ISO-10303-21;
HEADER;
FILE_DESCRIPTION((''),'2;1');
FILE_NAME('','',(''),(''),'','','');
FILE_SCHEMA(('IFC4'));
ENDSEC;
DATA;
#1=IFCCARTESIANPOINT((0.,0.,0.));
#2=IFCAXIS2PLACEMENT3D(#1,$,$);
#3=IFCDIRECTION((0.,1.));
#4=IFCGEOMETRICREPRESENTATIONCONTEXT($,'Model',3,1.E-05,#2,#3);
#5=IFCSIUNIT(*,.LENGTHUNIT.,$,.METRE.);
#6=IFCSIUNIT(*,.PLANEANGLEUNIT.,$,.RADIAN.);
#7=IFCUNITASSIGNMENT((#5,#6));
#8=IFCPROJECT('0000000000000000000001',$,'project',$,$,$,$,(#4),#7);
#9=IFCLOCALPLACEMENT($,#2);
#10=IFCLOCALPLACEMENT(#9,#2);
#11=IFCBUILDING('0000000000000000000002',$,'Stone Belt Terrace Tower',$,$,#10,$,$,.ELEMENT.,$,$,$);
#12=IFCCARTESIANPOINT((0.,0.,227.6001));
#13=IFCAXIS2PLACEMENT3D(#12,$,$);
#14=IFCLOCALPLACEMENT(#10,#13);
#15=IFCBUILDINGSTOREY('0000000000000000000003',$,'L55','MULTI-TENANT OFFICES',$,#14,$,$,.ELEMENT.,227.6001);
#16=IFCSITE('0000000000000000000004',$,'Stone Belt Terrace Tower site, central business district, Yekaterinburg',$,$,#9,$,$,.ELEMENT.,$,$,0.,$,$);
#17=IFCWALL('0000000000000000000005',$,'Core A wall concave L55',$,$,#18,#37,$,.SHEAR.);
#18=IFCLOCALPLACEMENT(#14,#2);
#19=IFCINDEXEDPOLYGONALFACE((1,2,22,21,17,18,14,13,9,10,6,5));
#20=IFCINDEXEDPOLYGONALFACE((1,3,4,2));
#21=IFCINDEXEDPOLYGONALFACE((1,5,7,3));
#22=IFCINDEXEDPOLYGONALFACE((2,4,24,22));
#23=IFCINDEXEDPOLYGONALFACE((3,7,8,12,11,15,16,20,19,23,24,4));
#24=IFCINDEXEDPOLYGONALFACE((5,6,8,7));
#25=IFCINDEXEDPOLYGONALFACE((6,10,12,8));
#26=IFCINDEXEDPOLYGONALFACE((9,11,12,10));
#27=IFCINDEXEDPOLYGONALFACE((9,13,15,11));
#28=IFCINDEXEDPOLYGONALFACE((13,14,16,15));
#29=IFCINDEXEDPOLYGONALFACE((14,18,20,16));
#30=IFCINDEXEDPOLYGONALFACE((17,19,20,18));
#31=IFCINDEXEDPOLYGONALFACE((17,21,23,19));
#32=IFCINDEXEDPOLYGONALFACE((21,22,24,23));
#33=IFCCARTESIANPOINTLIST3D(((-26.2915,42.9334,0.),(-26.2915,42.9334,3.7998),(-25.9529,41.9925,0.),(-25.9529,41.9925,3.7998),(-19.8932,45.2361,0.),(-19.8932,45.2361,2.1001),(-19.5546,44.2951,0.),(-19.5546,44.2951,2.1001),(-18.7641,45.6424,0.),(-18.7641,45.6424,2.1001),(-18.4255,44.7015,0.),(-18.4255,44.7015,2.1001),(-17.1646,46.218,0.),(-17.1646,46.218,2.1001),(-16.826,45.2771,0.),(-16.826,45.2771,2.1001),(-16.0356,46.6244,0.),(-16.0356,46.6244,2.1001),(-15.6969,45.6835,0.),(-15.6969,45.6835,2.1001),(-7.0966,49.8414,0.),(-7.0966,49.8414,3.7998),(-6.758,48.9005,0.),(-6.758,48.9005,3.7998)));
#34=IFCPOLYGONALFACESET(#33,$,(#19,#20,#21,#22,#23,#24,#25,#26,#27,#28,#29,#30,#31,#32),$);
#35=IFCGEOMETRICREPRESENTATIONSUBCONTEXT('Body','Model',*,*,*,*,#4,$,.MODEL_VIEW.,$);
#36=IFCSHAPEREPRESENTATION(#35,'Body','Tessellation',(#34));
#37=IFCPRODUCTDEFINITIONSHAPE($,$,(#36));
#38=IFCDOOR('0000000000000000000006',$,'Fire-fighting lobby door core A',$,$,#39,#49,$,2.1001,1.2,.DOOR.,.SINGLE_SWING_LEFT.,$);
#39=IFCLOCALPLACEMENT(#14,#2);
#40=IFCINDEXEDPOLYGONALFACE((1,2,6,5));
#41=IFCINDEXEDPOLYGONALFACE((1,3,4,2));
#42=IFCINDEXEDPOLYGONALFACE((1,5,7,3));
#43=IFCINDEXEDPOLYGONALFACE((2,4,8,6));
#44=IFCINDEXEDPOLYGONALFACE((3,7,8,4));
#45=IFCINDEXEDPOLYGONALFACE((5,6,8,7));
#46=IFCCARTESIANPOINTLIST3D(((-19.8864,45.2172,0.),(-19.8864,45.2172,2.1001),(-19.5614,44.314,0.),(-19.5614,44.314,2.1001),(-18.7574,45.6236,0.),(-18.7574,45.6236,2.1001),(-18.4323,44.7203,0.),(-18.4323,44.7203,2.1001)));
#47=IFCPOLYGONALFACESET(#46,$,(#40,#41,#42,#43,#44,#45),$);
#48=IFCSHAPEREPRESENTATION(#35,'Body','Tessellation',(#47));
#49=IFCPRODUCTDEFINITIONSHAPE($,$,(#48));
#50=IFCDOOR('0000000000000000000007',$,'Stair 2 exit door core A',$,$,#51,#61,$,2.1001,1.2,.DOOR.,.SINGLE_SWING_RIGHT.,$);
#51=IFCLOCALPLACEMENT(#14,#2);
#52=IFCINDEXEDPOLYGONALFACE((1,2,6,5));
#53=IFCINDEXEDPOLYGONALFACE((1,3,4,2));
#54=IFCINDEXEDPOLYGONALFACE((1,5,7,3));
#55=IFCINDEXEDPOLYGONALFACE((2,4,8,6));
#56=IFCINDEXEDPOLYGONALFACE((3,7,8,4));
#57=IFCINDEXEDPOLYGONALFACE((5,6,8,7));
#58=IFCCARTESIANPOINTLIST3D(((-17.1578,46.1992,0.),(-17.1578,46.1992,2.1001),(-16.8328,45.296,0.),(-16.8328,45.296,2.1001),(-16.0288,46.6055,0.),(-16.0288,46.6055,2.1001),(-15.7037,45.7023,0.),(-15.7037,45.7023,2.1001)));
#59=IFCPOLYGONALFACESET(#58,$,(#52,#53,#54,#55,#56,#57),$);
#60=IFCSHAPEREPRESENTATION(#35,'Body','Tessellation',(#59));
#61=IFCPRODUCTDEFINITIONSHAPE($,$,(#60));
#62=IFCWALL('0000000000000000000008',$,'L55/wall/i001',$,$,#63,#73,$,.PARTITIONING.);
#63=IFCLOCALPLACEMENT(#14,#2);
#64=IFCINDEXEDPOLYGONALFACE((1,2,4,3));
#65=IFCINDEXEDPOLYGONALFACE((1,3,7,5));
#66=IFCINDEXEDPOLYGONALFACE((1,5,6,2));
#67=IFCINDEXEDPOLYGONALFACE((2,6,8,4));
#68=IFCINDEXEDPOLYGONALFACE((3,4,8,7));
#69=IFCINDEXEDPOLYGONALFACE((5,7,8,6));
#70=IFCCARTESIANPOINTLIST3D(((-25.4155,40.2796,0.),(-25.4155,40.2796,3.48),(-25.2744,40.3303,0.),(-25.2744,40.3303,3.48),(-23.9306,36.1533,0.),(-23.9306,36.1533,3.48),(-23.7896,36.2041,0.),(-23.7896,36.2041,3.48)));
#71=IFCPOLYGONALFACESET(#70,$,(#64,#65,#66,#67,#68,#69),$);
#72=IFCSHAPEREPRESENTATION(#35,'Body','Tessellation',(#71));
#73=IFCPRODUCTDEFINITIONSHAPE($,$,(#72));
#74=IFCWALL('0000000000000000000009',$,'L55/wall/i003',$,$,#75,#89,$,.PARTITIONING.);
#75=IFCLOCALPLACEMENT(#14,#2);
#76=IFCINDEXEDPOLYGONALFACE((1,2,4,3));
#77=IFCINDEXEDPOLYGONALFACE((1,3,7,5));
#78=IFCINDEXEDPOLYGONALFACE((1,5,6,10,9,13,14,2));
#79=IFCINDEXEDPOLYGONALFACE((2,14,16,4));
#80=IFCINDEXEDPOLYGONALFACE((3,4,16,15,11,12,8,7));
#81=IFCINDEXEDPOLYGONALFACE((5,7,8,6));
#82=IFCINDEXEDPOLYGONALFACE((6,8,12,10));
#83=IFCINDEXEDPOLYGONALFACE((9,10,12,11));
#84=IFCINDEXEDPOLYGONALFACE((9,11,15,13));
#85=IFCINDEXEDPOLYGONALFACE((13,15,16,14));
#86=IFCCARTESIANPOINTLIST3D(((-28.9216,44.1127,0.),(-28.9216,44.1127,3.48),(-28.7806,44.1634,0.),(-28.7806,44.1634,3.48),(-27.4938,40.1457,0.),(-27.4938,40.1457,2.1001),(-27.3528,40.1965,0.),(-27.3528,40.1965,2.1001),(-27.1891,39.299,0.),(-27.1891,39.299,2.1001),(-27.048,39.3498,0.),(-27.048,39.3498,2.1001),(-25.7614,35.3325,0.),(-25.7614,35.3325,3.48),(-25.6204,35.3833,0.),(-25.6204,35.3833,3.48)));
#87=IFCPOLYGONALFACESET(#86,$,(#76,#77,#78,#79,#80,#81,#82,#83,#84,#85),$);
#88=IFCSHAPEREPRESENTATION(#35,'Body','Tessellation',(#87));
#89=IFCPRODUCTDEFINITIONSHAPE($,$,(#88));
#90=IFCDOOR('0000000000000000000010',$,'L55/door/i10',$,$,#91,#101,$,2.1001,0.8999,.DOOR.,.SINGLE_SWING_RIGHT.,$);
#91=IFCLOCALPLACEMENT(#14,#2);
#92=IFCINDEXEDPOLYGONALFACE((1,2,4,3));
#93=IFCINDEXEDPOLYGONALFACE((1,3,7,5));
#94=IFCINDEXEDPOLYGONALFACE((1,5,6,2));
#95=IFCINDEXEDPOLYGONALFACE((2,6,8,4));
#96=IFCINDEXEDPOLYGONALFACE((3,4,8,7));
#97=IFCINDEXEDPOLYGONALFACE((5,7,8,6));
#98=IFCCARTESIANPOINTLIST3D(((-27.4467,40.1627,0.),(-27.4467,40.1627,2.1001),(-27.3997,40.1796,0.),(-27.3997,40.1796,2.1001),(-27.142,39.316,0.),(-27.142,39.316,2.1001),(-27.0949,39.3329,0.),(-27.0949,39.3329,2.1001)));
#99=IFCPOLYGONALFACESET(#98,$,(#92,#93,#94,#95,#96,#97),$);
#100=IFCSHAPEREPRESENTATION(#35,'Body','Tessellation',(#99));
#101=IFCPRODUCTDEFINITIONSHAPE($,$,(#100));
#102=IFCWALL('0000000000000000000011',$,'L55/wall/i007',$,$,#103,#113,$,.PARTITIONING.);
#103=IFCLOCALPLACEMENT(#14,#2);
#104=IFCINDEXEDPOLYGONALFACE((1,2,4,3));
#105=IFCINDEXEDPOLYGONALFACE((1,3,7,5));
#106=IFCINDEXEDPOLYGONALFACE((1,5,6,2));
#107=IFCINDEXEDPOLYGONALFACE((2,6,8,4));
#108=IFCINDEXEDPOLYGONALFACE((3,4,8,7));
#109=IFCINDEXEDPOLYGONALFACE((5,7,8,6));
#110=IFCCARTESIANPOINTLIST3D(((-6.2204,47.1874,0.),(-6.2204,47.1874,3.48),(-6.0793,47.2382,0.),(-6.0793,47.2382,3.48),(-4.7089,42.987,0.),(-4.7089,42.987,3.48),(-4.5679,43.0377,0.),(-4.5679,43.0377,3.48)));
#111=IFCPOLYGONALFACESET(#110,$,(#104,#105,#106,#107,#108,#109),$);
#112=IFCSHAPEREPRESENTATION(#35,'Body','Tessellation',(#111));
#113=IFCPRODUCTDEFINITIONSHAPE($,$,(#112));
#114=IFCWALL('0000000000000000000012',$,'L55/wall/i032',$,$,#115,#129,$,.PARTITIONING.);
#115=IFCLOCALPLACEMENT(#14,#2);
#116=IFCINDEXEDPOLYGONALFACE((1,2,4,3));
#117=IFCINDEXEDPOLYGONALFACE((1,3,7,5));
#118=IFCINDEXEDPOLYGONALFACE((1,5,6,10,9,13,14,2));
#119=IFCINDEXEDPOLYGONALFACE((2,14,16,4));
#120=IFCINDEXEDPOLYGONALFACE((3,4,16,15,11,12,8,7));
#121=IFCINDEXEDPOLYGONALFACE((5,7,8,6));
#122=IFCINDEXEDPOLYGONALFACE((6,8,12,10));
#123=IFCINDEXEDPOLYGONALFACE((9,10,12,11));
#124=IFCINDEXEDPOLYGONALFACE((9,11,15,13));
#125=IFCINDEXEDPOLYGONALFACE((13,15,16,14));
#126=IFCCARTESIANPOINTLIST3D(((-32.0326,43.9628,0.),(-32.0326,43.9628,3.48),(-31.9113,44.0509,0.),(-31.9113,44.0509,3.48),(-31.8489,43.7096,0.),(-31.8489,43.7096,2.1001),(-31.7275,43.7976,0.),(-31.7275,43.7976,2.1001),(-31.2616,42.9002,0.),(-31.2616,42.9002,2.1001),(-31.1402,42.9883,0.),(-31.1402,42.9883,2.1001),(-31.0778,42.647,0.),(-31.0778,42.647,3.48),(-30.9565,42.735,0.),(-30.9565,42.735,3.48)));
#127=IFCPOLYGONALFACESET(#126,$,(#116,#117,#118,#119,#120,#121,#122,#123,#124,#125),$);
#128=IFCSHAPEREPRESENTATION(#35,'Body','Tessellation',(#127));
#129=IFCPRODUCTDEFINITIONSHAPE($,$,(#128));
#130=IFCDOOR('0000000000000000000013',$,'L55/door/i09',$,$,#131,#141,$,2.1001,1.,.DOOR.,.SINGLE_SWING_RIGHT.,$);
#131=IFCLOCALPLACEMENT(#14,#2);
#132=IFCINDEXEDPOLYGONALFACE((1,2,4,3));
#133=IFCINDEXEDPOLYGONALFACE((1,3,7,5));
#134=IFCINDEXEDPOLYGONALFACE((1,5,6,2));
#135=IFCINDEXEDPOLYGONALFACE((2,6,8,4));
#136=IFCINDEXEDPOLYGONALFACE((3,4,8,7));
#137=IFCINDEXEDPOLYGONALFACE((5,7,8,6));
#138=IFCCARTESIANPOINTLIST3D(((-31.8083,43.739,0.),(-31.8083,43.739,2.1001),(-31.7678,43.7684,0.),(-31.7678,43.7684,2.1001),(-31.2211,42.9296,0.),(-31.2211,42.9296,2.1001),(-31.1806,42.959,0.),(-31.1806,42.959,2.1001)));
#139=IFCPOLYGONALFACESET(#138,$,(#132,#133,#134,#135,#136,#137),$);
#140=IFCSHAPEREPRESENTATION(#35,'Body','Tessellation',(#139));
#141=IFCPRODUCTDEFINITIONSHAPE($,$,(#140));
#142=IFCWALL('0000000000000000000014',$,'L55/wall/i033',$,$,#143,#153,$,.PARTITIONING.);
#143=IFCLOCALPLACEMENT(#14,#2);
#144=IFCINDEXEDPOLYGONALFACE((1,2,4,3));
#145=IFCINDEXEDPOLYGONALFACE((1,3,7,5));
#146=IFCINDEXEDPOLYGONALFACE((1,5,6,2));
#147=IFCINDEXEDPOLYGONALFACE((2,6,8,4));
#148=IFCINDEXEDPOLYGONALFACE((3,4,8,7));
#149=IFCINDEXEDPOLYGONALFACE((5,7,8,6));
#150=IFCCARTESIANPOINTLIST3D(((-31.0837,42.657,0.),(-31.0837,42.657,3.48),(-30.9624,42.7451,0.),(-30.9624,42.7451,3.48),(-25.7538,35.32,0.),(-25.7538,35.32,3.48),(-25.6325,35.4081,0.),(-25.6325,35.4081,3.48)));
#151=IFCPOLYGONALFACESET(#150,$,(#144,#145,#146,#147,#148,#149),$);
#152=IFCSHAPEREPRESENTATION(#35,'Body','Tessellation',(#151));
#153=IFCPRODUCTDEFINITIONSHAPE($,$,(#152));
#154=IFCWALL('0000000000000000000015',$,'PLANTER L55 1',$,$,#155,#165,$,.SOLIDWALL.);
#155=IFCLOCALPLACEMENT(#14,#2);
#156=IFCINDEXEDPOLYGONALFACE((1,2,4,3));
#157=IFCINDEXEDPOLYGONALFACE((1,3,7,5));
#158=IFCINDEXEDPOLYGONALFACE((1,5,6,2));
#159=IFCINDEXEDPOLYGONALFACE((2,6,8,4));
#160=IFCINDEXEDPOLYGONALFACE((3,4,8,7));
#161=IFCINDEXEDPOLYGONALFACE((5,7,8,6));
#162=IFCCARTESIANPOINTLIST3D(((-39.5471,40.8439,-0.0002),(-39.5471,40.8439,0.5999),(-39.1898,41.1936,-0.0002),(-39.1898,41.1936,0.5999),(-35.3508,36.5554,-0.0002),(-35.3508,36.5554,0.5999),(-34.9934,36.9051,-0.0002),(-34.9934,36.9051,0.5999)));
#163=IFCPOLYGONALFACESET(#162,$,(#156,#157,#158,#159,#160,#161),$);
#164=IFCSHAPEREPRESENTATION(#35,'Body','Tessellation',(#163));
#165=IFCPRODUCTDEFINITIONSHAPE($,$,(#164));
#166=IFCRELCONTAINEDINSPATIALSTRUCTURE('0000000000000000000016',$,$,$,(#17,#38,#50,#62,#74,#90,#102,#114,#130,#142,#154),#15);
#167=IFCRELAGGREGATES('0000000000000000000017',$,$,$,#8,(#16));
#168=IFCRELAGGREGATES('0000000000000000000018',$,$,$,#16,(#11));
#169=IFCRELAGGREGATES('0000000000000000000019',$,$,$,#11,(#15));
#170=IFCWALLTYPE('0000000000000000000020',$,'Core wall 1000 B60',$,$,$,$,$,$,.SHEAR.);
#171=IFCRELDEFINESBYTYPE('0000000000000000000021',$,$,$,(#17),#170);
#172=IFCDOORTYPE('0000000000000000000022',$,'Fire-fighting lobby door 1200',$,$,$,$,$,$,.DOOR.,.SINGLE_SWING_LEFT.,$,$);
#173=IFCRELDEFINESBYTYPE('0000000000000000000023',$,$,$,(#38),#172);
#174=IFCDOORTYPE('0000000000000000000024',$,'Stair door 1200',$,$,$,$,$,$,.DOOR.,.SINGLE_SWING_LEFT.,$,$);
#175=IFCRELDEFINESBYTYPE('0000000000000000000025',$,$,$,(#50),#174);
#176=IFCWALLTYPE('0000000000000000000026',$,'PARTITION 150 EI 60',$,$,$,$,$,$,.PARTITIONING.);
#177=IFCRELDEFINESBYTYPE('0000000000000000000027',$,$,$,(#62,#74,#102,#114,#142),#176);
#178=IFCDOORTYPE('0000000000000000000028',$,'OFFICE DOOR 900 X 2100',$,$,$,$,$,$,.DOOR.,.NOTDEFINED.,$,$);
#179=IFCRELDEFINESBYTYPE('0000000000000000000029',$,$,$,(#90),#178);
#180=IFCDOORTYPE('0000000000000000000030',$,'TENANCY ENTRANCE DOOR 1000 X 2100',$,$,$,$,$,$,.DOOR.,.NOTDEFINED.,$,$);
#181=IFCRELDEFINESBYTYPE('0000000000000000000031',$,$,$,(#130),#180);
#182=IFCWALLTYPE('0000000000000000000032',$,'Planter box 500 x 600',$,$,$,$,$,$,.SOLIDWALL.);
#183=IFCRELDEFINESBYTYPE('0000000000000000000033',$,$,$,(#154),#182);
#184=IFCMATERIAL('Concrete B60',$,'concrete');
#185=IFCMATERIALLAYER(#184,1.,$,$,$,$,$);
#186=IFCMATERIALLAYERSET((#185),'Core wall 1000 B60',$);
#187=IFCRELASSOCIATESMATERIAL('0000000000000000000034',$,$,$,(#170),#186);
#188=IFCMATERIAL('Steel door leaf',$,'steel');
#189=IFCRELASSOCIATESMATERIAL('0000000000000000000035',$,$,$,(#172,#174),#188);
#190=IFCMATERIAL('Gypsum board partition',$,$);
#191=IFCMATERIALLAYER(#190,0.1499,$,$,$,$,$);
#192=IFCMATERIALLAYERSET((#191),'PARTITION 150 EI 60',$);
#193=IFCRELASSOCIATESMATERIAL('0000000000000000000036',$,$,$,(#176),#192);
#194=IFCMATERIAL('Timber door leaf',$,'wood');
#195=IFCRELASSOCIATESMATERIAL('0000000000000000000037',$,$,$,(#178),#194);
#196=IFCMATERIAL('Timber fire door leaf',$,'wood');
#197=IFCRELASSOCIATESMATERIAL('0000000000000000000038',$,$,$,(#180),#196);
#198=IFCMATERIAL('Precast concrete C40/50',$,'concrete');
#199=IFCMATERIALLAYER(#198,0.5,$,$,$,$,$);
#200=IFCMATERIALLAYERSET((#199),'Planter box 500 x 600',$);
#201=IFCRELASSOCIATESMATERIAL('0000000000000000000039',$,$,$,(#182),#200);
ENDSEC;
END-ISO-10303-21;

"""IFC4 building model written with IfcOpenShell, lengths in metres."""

from ifc_helpers import new_model, si_unit, direction, frame, frame_2d, origin, origin_2d, place, context, subcontext, project, spatial, rectangle, extrude, material, layer, layer_set, type_object, element, fill, save


model = new_model("IFC4")

# Units and contexts
model_context = context("Model", 3, precision=1e-05, world=origin(), true_north=direction((0.0, 1.0)))
body_context = subcontext(model_context, "Body", "Model", "MODEL_VIEW")
ifc_project = project(units=[si_unit("LENGTHUNIT", "METRE"), si_unit("PLANEANGLEUNIT", "RADIAN")], contexts=[model_context])

# Site, building, storey
site_placement = place(None, origin())
site = spatial("IfcSite", under=ifc_project, at=site_placement, Name="Stone Belt Terrace Tower site, central business district, Yekaterinburg", CompositionType="ELEMENT", RefElevation=0.0)
building_placement = place(site_placement, origin())
building = spatial("IfcBuilding", under=site, at=building_placement, Name="Stone Belt Terrace Tower", CompositionType="ELEMENT")
storey_placement = place(building_placement, frame((0.0, 0.0, 227.6001)))
storey = spatial("IfcBuildingStorey", under=building, at=storey_placement, Name="L55", Description="MULTI-TENANT OFFICES", CompositionType="ELEMENT", Elevation=227.6001)

# Shared definitions
ifc_material_1 = material(Name="Concrete B60", Category="concrete")

# Wall, openings, doors
ifc_layer_1 = layer(ifc_material_1, 1.0)
ifc_layer_set_1 = layer_set([ifc_layer_1], Name="Core wall 1000 B60")
wall_type_1 = type_object("IfcWallType", Name="Core wall 1000 B60", PredefinedType="SHEAR", material=ifc_layer_set_1)
wall_1_placement = place(storey_placement, frame((-26.1223, 42.4629, 0.0), z_axis=(0.0, 0.0, 1.0), x_axis=(0.940921, 0.338625, 0.0)))
wall_1 = element("IfcWall", 1, at=wall_1_placement, inside=storey, type_object=wall_type_1, Name="Core A wall concave L55", PredefinedType="SHEAR", context=body_context, shape_type="SweptSolid", body=[
    extrude(rectangle(XDim=20.4001, YDim=1.0, at=frame_2d((10.2002, 0.0))), origin(), (0.0, 0.0, 1.0), 3.7998),
])
opening_1_placement = place(wall_1_placement, frame((6.8, 0.0, 0.0)))
opening_1 = element("IfcOpeningElement", 2, at=opening_1_placement, cuts=wall_1, PredefinedType="OPENING", context=body_context, shape_type="SweptSolid", body=[
    extrude(rectangle(XDim=1.2, YDim=2.1001, at=frame_2d((0.6001, 1.05))), frame((0.0, 0.51, 0.0), z_axis=(0.0, -1.0, 0.0), x_axis=(1.0, 0.0, 0.0)), (0.0, 0.0, 1.0), 1.02),
])
opening_2_placement = place(wall_1_placement, frame((9.7, 0.0, 0.0)))
opening_2 = element("IfcOpeningElement", 3, at=opening_2_placement, cuts=wall_1, PredefinedType="OPENING", context=body_context, shape_type="SweptSolid", body=[
    extrude(rectangle(XDim=1.2, YDim=2.1001, at=frame_2d((0.6001, 1.05))), frame((0.0, 0.51, 0.0), z_axis=(0.0, -1.0, 0.0), x_axis=(1.0, 0.0, 0.0)), (0.0, 0.0, 1.0), 1.02),
])
ifc_material_2 = material(Name="Steel door leaf", Category="steel")
door_type_1 = type_object("IfcDoorType", Name="Fire-fighting lobby door 1200", OperationType="SINGLE_SWING_LEFT", PredefinedType="DOOR", material=ifc_material_2)
door_1_placement = place(opening_1_placement, origin())
door_1 = element("IfcDoor", 4, at=door_1_placement, inside=storey, type_object=door_type_1, Name="Fire-fighting lobby door core A", OperationType="SINGLE_SWING_LEFT", OverallHeight=2.1001, OverallWidth=1.2, PredefinedType="DOOR", context=body_context, shape_type="SweptSolid", body=[
    extrude(rectangle(XDim=1.2, YDim=2.1001, at=frame_2d((0.6001, 1.05))), frame((0.0, 0.48, 0.0), z_axis=(0.0, -1.0, 0.0), x_axis=(1.0, 0.0, 0.0)), (0.0, 0.0, 1.0), 0.96),
])
fill(opening_1, door_1)
door_type_2 = type_object("IfcDoorType", Name="Stair door 1200", OperationType="SINGLE_SWING_LEFT", PredefinedType="DOOR", material=ifc_material_2)
door_2_placement = place(opening_2_placement, origin())
door_2 = element("IfcDoor", 5, at=door_2_placement, inside=storey, type_object=door_type_2, Name="Stair 2 exit door core A", OperationType="SINGLE_SWING_RIGHT", OverallHeight=2.1001, OverallWidth=1.2, PredefinedType="DOOR", context=body_context, shape_type="SweptSolid", body=[
    extrude(rectangle(XDim=1.2, YDim=2.1001, at=frame_2d((0.6001, 1.05))), frame((0.0, 0.48, 0.0), z_axis=(0.0, -1.0, 0.0), x_axis=(1.0, 0.0, 0.0)), (0.0, 0.0, 1.0), 0.96),
])
fill(opening_2, door_2)

# Wall
ifc_material_3 = material(Name="Gypsum board partition")
ifc_layer_2 = layer(ifc_material_3, 0.1499)
ifc_layer_set_2 = layer_set([ifc_layer_2], Name="PARTITION 150 EI 60")
wall_type_2 = type_object("IfcWallType", Name="PARTITION 150 EI 60", PredefinedType="PARTITIONING", material=ifc_layer_set_2)
wall_2_placement = place(storey_placement, frame((-25.345, 40.3049, 0.0), z_axis=(0.0, 0.0, 1.0), x_axis=(0.338603, -0.940929, 0.0)))
element("IfcWall", 6, at=wall_2_placement, inside=storey, type_object=wall_type_2, Name="L55/wall/i001", PredefinedType="PARTITIONING", context=body_context, shape_type="SweptSolid", body=[
    extrude(rectangle(XDim=4.3853, YDim=0.1499, at=frame_2d((2.1926, 0.0))), origin(), (0.0, 0.0, 1.0), 3.48),
])

# Wall, opening, door
wall_3_placement = place(storey_placement, frame((-25.6909, 35.3579, 0.0), z_axis=(0.0, 0.0, 1.0), x_axis=(-0.338657, 0.94091, 0.0)))
wall_3 = element("IfcWall", 7, at=wall_3_placement, inside=storey, type_object=wall_type_2, Name="L55/wall/i003", PredefinedType="PARTITIONING", context=body_context, shape_type="SweptSolid", body=[
    extrude(rectangle(XDim=9.3315, YDim=0.1499, at=frame_2d((4.6658, 0.0))), origin(), (0.0, 0.0, 1.0), 3.48),
])
opening_3_placement = place(wall_3_placement, frame((4.2156, 0.0, 0.0)))
opening_3 = element("IfcOpeningElement", 8, at=opening_3_placement, cuts=wall_3, PredefinedType="OPENING", context=body_context, shape_type="SweptSolid", body=[
    extrude(rectangle(XDim=0.8999, YDim=2.1001, at=frame_2d((0.45, 1.05))), frame((0.0, 0.085, 0.0), z_axis=(0.0, -1.0, 0.0), x_axis=(1.0, 0.0, 0.0)), (0.0, 0.0, 1.0), 0.1699),
])
ifc_material_4 = material(Name="Timber door leaf", Category="wood")
door_type_3 = type_object("IfcDoorType", Name="OFFICE DOOR 900 X 2100", OperationType="NOTDEFINED", PredefinedType="DOOR", material=ifc_material_4)
door_3_placement = place(opening_3_placement, origin())
door_3 = element("IfcDoor", 9, at=door_3_placement, inside=storey, type_object=door_type_3, Name="L55/door/i10", OperationType="SINGLE_SWING_RIGHT", OverallHeight=2.1001, OverallWidth=0.8999, PredefinedType="DOOR", context=body_context, shape_type="SweptSolid", body=[
    extrude(rectangle(XDim=0.8999, YDim=2.1001, at=frame_2d((0.45, 1.05))), frame((0.0, 0.0249, 0.0), z_axis=(0.0, -1.0, 0.0), x_axis=(1.0, 0.0, 0.0)), (0.0, 0.0, 1.0), 0.05),
])
fill(opening_3, door_3)

# Wall
wall_4_placement = place(storey_placement, frame((-4.6384, 43.0125, 0.0), z_axis=(0.0, 0.0, 1.0), x_axis=(-0.338584, 0.940936, 0.0)))
element("IfcWall", 10, at=wall_4_placement, inside=storey, type_object=wall_type_2, Name="L55/wall/i007", PredefinedType="PARTITIONING", context=body_context, shape_type="SweptSolid", body=[
    extrude(rectangle(XDim=4.4641, YDim=0.1499, at=frame_2d((2.2319, 0.0))), origin(), (0.0, 0.0, 1.0), 3.48),
])

# Wall, opening, door
wall_5_placement = place(storey_placement, frame((-31.0171, 42.6909, 0.0), z_axis=(0.0, 0.0, 1.0), x_axis=(-0.587287, 0.809378, 0.0)))
wall_5 = element("IfcWall", 11, at=wall_5_placement, inside=storey, type_object=wall_type_2, Name="L55/wall/i032", PredefinedType="PARTITIONING", context=body_context, shape_type="SweptSolid", body=[
    extrude(rectangle(XDim=1.6257, YDim=0.1499, at=frame_2d((0.813, 0.0))), origin(), (0.0, 0.0, 1.0), 3.48),
])
opening_4_placement = place(wall_5_placement, frame((0.313, 0.0, 0.0)))
opening_4 = element("IfcOpeningElement", 12, at=opening_4_placement, cuts=wall_5, PredefinedType="OPENING", context=body_context, shape_type="SweptSolid", body=[
    extrude(rectangle(XDim=1.0, YDim=2.1001, at=frame_2d((0.5, 1.05))), frame((0.0, 0.085, 0.0), z_axis=(0.0, -1.0, 0.0), x_axis=(1.0, 0.0, 0.0)), (0.0, 0.0, 1.0), 0.1699),
])
ifc_material_5 = material(Name="Timber fire door leaf", Category="wood")
door_type_4 = type_object("IfcDoorType", Name="TENANCY ENTRANCE DOOR 1000 X 2100", OperationType="NOTDEFINED", PredefinedType="DOOR", material=ifc_material_5)
door_4_placement = place(opening_4_placement, origin())
door_4 = element("IfcDoor", 13, at=door_4_placement, inside=storey, type_object=door_type_4, Name="L55/door/i09", OperationType="SINGLE_SWING_RIGHT", OverallHeight=2.1001, OverallWidth=1.0, PredefinedType="DOOR", context=body_context, shape_type="SweptSolid", body=[
    extrude(rectangle(XDim=1.0, YDim=2.1001, at=frame_2d((0.5, 1.05))), frame((0.0, 0.0249, 0.0), z_axis=(0.0, -1.0, 0.0), x_axis=(1.0, 0.0, 0.0)), (0.0, 0.0, 1.0), 0.05),
])
fill(opening_4, door_4)

# Walls
wall_6_placement = place(storey_placement, frame((-31.0229, 42.7009, 0.0), z_axis=(0.0, 0.0, 1.0), x_axis=(0.587731, -0.809056, 0.0)))
element("IfcWall", 14, at=wall_6_placement, inside=storey, type_object=wall_type_2, Name="L55/wall/i033", PredefinedType="PARTITIONING", context=body_context, shape_type="SweptSolid", body=[
    extrude(rectangle(XDim=9.0686, YDim=0.1499, at=frame_2d((4.5342, 0.0))), origin(), (0.0, 0.0, 1.0), 3.48),
])
ifc_material_6 = material(Name="Precast concrete C40/50", Category="concrete")
ifc_layer_3 = layer(ifc_material_6, 0.5)
ifc_layer_set_3 = layer_set([ifc_layer_3], Name="Planter box 500 x 600")
wall_type_3 = type_object("IfcWallType", Name="Planter box 500 x 600", PredefinedType="SOLIDWALL", material=ifc_layer_set_3)
wall_7_placement = place(storey_placement, frame((-37.2703, 38.8745, -0.0002), z_axis=(0.0, 0.0, 1.0), x_axis=(0.699391, -0.714739, 0.0)))
element("IfcWall", 15, at=wall_7_placement, inside=storey, type_object=wall_type_3, Name="PLANTER L55 1", PredefinedType="SOLIDWALL", context=body_context, shape_type="SweptSolid", body=[
    extrude(rectangle(XDim=6.0, YDim=0.5, at=origin_2d()), origin(), (0.0, 0.0, 1.0), 0.6001),
])

save(model, "model.ifc")
